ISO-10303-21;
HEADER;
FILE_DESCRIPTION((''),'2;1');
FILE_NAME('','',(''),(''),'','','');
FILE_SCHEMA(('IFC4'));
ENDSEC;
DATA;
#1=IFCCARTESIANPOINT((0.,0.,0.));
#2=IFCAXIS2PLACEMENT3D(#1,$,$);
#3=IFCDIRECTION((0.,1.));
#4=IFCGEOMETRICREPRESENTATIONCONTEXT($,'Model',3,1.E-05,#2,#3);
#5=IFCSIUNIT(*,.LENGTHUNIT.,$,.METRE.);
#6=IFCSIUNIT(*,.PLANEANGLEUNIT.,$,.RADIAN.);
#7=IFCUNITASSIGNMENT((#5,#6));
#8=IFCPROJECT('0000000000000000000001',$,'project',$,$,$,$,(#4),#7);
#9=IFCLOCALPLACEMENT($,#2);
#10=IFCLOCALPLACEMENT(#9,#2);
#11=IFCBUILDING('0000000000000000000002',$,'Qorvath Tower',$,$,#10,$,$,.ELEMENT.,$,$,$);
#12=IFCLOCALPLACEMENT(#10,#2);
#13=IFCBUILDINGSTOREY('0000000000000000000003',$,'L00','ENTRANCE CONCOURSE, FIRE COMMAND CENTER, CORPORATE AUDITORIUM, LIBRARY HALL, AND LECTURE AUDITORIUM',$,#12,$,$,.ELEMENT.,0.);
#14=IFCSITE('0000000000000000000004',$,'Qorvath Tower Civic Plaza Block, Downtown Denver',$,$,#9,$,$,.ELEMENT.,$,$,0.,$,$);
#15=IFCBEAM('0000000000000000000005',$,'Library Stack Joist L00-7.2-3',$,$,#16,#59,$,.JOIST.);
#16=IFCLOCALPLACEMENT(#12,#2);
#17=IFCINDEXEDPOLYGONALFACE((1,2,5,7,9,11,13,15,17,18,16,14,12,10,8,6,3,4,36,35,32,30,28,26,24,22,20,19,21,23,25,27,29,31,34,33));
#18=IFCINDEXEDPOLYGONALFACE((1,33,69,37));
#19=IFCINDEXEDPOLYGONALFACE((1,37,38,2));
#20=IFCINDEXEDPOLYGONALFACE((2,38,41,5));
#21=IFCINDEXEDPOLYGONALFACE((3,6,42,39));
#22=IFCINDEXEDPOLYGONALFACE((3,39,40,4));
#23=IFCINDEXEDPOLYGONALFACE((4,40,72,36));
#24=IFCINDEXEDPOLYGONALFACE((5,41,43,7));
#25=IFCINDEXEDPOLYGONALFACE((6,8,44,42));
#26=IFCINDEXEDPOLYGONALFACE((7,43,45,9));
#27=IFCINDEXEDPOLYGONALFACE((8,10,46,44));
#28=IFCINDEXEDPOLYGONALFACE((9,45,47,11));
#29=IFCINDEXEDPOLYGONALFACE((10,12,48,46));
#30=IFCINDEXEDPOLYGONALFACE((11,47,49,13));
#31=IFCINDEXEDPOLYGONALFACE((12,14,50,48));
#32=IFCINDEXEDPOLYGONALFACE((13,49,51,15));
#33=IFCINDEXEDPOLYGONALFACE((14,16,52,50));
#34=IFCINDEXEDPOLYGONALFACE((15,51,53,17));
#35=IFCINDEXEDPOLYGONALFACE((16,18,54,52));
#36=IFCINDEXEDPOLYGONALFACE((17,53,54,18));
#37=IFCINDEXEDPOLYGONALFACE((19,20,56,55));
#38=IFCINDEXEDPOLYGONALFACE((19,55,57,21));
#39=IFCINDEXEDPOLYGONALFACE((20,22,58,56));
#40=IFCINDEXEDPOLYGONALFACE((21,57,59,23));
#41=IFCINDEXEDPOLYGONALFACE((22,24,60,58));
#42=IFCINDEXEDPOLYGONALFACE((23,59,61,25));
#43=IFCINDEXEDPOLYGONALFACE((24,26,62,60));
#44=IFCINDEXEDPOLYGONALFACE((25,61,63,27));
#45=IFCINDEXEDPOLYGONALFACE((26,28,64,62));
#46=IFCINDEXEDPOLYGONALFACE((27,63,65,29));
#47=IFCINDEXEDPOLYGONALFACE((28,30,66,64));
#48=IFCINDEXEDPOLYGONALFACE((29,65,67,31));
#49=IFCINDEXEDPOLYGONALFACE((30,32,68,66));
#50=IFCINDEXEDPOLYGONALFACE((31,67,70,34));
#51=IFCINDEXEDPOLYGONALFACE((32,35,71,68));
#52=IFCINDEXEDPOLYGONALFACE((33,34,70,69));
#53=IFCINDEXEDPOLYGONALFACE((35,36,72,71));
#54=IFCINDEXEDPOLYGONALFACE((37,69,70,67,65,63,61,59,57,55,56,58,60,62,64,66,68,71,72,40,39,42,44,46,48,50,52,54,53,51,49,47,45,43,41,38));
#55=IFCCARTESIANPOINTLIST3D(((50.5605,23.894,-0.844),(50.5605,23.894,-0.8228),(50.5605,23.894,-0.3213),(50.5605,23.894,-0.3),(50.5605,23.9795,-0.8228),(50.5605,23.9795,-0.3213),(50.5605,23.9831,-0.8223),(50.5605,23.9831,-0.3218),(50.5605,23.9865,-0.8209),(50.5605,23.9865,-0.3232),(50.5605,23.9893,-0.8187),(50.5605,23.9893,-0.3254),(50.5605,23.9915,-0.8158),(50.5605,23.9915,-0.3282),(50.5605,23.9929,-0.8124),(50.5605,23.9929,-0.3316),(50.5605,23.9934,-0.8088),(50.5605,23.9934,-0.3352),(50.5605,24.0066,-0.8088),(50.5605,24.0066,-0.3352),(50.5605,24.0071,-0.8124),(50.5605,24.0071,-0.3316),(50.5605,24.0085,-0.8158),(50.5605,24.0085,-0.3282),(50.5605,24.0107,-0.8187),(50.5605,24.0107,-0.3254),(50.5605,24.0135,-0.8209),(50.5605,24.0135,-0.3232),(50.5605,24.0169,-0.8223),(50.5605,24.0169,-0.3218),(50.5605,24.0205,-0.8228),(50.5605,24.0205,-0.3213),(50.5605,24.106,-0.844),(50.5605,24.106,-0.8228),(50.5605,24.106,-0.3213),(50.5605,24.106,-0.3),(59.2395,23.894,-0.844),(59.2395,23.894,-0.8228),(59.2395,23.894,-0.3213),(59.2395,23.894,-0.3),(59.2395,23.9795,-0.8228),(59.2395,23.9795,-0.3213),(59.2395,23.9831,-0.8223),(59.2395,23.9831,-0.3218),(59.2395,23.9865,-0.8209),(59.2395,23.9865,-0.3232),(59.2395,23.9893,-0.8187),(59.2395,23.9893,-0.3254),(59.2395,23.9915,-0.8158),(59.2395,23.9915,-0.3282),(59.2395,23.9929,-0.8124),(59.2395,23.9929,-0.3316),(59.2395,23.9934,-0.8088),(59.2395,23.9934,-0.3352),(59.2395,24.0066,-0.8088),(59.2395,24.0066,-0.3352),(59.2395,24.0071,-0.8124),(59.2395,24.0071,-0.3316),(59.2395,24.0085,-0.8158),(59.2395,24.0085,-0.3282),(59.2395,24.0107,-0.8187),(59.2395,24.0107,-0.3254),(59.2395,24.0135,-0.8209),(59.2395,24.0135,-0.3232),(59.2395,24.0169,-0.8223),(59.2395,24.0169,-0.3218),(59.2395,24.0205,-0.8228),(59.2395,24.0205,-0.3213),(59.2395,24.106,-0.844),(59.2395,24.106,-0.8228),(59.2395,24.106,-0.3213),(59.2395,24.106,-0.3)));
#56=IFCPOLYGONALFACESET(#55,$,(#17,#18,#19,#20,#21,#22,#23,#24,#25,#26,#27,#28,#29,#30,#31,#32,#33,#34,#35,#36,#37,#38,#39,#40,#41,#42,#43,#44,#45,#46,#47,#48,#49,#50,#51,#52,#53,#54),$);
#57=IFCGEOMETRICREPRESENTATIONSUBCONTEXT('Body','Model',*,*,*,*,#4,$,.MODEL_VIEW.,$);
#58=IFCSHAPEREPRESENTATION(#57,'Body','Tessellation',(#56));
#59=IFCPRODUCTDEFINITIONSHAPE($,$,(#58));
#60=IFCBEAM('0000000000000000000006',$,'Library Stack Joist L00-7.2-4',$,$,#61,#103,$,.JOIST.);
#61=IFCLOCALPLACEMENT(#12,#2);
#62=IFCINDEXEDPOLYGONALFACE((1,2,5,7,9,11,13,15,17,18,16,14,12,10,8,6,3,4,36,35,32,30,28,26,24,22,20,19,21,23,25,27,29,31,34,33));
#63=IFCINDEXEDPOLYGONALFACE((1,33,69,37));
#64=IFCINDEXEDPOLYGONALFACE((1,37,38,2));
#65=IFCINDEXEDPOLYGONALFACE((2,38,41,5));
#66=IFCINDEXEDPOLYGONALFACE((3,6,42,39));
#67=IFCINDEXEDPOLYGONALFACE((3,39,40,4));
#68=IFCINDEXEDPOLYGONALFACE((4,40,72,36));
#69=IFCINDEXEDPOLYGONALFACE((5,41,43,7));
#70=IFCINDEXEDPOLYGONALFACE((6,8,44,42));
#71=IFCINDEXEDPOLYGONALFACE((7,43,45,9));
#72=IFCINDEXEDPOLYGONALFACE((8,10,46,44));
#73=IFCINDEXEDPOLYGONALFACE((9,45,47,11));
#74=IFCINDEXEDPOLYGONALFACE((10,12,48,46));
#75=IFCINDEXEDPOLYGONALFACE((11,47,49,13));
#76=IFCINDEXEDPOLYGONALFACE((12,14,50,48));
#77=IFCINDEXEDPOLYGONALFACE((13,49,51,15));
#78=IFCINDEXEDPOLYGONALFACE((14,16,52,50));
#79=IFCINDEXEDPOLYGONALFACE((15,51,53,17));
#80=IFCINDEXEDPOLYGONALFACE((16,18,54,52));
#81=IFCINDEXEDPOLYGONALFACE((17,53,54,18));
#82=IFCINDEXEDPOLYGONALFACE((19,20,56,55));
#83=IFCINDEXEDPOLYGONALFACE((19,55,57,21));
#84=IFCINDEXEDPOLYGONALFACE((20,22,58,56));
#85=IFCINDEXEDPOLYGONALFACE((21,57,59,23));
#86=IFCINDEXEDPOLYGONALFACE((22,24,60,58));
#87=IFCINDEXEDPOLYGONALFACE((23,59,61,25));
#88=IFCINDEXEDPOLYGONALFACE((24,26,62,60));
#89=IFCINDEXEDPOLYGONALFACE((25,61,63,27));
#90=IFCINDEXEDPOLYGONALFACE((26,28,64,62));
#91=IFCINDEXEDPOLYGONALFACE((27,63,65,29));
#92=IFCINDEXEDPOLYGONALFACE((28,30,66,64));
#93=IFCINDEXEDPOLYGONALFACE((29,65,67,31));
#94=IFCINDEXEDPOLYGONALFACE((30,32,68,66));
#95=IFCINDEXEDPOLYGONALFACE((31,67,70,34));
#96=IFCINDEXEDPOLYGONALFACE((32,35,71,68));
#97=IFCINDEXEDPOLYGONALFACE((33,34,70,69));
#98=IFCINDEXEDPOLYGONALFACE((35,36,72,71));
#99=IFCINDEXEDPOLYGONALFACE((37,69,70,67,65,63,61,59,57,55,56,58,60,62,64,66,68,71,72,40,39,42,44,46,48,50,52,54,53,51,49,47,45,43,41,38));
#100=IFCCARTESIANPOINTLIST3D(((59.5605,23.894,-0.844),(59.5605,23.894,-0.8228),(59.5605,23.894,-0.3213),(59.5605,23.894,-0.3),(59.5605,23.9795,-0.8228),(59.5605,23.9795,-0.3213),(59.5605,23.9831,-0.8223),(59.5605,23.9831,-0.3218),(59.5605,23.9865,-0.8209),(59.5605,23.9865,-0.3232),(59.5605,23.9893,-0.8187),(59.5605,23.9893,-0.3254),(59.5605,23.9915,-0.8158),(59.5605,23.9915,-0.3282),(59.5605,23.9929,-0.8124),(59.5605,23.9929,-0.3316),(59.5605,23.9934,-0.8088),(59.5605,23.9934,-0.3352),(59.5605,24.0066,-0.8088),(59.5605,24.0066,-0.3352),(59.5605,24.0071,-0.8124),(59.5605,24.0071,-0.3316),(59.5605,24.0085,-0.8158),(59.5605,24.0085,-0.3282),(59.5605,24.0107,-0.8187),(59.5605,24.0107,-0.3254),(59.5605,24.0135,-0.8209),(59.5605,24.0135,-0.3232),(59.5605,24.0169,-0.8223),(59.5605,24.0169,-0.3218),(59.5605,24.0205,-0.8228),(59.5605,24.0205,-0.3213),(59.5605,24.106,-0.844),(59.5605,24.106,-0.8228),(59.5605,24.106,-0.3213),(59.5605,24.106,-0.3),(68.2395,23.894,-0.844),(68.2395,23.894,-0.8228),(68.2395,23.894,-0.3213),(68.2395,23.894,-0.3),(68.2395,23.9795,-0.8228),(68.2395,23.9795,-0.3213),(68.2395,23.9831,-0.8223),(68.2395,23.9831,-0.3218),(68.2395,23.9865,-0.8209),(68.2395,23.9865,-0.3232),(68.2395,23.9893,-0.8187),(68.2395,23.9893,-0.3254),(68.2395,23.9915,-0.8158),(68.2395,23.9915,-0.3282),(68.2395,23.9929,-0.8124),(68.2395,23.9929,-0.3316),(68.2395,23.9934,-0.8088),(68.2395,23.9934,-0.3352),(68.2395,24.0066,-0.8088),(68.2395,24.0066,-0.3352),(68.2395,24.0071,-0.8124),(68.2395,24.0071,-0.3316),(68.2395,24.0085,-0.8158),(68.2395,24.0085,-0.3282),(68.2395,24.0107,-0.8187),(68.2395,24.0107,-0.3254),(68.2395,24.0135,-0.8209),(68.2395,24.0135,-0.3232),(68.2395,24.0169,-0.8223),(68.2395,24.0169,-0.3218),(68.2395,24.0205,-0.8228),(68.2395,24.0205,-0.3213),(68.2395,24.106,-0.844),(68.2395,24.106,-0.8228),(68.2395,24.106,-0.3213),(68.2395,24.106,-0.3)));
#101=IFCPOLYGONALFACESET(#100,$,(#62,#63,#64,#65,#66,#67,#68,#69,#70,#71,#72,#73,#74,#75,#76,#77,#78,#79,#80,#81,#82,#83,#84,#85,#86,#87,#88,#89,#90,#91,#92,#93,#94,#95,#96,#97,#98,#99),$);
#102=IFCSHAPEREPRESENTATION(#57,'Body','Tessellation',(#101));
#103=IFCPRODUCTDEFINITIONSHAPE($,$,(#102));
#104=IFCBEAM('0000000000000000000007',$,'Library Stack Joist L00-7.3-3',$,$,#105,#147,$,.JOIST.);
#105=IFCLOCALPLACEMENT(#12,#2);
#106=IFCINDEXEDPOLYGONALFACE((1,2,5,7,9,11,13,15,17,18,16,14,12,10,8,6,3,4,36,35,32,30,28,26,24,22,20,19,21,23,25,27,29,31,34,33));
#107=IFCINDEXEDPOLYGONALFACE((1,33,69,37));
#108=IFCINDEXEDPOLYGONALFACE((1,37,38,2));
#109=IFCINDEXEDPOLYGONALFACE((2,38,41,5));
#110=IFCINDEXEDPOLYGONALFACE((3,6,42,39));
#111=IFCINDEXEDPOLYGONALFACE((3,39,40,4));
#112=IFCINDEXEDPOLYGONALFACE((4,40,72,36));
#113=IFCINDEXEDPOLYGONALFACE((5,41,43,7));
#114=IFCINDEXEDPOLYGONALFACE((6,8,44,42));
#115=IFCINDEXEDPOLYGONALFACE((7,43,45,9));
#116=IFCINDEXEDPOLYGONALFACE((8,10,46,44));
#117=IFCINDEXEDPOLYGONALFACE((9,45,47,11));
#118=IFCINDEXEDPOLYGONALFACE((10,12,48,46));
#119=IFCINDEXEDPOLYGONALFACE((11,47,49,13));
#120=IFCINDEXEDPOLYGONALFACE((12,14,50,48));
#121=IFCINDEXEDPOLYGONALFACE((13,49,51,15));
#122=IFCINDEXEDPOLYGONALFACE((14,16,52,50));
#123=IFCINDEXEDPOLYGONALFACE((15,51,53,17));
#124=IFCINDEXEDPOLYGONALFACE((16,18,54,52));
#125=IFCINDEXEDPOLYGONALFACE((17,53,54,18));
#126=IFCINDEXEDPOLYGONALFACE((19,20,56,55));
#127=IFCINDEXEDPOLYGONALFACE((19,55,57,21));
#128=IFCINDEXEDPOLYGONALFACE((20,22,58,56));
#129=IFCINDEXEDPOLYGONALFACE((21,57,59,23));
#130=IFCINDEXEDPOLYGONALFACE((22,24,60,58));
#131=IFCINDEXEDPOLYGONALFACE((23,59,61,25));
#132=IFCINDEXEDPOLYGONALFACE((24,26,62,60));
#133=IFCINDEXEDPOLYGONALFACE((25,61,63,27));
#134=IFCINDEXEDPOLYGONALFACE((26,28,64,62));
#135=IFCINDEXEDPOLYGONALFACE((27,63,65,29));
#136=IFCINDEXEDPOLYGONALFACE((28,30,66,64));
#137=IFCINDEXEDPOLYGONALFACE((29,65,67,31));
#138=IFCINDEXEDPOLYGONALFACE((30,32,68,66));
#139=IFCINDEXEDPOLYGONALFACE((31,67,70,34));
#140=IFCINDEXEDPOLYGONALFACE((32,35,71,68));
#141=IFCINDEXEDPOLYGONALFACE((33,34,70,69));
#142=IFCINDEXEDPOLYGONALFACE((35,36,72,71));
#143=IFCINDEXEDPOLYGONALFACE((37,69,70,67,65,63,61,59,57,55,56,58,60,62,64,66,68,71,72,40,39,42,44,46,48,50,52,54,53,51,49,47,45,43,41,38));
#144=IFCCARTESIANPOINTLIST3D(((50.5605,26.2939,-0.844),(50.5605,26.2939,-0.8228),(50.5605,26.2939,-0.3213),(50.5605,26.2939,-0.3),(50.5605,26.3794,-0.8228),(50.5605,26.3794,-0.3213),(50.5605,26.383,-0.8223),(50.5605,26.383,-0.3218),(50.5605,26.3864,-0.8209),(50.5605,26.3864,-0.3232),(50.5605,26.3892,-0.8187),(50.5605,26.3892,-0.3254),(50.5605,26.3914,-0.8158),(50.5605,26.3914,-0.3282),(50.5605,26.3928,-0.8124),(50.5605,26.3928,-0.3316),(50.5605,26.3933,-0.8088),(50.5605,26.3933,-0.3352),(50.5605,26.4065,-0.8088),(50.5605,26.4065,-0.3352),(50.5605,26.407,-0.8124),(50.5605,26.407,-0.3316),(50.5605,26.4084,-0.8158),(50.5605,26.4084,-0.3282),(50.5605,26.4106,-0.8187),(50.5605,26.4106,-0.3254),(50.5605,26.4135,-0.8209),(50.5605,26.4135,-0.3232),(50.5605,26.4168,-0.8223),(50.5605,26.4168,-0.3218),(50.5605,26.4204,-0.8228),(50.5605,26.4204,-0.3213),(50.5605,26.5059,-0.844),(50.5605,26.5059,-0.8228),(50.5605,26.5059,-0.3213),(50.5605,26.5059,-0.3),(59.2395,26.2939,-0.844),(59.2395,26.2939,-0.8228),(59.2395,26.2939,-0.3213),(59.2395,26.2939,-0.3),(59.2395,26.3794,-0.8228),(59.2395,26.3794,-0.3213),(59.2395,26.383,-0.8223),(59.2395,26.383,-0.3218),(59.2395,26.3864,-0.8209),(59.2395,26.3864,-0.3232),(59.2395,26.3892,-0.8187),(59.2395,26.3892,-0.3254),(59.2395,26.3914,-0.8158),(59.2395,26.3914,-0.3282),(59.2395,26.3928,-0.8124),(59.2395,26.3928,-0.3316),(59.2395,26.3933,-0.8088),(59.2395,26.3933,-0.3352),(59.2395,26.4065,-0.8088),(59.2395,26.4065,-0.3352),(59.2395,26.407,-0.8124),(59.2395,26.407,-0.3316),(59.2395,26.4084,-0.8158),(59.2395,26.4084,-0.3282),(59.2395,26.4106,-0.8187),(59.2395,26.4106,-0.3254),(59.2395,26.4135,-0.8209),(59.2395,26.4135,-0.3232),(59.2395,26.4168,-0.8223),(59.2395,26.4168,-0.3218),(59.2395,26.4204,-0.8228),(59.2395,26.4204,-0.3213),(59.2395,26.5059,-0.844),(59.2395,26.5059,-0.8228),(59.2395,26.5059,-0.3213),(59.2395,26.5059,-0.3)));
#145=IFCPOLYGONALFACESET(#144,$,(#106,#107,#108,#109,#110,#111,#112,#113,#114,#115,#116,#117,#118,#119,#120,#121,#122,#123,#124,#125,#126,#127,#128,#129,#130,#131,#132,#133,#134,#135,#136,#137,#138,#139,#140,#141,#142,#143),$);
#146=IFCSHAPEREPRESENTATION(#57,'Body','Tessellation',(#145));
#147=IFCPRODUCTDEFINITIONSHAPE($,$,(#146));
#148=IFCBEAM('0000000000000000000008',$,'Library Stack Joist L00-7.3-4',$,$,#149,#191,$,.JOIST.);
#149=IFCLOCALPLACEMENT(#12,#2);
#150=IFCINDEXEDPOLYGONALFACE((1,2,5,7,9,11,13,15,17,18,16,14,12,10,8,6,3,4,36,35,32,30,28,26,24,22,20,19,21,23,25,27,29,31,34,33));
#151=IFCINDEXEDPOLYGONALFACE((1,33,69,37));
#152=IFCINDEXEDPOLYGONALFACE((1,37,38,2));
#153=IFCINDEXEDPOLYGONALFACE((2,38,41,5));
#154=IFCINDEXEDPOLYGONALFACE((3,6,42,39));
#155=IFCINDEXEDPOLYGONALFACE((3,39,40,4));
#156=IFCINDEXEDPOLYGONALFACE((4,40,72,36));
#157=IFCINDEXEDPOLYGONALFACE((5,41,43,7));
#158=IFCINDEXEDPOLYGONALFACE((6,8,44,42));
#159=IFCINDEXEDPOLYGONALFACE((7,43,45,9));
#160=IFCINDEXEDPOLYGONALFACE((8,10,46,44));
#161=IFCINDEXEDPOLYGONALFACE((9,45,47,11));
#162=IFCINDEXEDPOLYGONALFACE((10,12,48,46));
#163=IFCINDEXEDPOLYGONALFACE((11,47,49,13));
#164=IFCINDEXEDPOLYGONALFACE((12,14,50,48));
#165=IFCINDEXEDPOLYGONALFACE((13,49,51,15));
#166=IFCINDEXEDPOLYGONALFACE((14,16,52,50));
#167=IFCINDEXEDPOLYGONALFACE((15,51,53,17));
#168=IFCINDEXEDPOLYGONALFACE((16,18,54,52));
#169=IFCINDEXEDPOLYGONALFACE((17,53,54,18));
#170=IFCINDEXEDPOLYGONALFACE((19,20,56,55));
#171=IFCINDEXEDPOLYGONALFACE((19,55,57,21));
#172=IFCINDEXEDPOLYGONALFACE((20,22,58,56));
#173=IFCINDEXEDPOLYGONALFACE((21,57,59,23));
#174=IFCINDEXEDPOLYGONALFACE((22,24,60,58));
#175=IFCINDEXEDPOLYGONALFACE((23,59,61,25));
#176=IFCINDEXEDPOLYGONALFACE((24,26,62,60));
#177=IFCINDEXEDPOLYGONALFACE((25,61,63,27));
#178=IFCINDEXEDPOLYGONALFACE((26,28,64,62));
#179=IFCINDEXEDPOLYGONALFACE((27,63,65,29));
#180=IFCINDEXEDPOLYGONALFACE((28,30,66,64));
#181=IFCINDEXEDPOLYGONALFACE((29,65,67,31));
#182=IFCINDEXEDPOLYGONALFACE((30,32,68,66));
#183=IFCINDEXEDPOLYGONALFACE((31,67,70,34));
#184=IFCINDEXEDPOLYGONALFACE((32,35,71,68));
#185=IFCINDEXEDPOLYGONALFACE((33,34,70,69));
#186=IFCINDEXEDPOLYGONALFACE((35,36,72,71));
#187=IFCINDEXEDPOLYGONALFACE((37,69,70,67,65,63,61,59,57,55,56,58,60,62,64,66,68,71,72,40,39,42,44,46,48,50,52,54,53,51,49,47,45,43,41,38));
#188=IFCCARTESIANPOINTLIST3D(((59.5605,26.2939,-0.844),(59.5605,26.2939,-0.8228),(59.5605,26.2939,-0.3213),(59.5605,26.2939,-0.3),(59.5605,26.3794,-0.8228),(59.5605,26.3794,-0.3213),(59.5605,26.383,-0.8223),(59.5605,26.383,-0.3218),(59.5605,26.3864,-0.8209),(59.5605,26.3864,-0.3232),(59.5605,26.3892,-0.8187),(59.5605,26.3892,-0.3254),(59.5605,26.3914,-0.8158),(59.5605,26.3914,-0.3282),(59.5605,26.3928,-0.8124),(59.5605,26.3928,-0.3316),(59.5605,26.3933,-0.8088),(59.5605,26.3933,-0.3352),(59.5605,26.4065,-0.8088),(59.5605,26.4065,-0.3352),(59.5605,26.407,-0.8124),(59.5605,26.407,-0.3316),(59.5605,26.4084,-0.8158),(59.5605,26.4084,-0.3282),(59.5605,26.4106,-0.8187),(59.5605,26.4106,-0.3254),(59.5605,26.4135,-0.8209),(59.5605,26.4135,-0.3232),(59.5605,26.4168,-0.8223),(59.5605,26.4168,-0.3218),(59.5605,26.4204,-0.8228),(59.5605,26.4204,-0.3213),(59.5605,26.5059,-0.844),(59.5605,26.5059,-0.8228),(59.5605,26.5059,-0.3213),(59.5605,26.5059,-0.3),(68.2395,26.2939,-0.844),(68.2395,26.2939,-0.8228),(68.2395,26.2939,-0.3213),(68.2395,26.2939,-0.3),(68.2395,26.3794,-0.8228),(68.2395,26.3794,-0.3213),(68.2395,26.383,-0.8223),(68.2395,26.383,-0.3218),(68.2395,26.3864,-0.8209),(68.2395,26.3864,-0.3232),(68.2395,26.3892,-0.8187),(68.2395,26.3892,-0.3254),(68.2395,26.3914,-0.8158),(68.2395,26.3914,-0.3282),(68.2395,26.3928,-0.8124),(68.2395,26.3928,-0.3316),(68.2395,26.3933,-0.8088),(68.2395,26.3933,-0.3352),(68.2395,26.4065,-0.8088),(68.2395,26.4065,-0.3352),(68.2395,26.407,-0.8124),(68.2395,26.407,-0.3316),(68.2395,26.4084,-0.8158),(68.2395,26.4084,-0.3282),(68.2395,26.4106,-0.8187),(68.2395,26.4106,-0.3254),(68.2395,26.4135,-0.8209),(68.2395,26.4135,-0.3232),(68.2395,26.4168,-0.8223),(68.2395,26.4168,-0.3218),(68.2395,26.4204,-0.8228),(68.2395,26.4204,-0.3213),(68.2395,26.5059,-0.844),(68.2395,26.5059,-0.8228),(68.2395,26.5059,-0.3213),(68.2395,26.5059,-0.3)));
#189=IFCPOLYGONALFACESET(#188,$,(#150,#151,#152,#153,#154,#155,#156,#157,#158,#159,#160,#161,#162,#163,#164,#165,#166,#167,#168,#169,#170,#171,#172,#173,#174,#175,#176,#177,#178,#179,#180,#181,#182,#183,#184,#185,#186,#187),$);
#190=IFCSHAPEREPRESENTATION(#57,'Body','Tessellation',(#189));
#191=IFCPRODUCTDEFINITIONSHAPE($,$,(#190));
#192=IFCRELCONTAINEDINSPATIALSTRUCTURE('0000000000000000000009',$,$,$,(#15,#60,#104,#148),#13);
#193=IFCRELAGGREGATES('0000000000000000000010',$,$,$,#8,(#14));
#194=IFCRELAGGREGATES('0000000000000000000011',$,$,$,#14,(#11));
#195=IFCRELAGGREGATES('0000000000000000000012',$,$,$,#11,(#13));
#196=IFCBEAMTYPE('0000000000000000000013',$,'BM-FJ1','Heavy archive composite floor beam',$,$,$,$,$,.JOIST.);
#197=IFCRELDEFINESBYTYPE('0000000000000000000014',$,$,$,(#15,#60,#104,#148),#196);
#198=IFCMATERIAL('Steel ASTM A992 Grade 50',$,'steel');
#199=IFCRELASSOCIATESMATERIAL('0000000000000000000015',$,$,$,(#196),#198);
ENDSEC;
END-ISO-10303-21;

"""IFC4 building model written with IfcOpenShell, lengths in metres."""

from ifc_helpers import new_model, si_unit, direction, frame, origin, origin_2d, place, context, subcontext, project, spatial, i_section, extrude, material, material_profile, profile_set, type_object, element, save


model = new_model("IFC4")

# Units and contexts
model_context = context("Model", 3, precision=1e-05, world=origin(), true_north=direction((0.0, 1.0)))
body_context = subcontext(model_context, "Body", "Model", "MODEL_VIEW")
ifc_project = project(units=[si_unit("LENGTHUNIT", "METRE"), si_unit("PLANEANGLEUNIT", "RADIAN")], contexts=[model_context])

# Site, building, storey
site_placement = place(None, origin())
site = spatial("IfcSite", under=ifc_project, at=site_placement, Name="Qorvath Tower Civic Plaza Block, Downtown Denver", CompositionType="ELEMENT", RefElevation=0.0)
building_placement = place(site_placement, origin())
building = spatial("IfcBuilding", under=site, at=building_placement, Name="Qorvath Tower", CompositionType="ELEMENT")
storey_placement = place(building_placement, origin())
storey = spatial("IfcBuildingStorey", under=building, at=storey_placement, Name="L00", Description="ENTRANCE CONCOURSE, FIRE COMMAND CENTER, CORPORATE AUDITORIUM, LIBRARY HALL, AND LECTURE AUDITORIUM", CompositionType="ELEMENT", Elevation=0.0)

# Beams
ifc_material_1 = material(Name="Steel ASTM A992 Grade 50", Category="steel")
ifc_material_profile_1 = material_profile(ifc_material_1, i_section(OverallWidth=0.2119, OverallDepth=0.5439, WebThickness=0.0132, FlangeThickness=0.0212, FilletRadius=0.0139, at=origin_2d()), Name="W21x83")
ifc_profile_set_1 = profile_set([ifc_material_profile_1], Name="Steel ASTM A992 Grade 50")
beam_type_1 = type_object("IfcBeamType", Name="BM-FJ1", Description="Heavy archive composite floor beam", PredefinedType="JOIST", material=ifc_profile_set_1)
for number, where, z_axis, x_axis, name in (
    (1, (50.5605, 24.0, -0.572), (1.0, 0.0, 0.0), (0.0, 1.0, 0.0), "Library Stack Joist L00-7.2-3"),
    (2, (59.5605, 24.0, -0.572), (1.0, 0.0, 0.0), (0.0, 1.0, 0.0), "Library Stack Joist L00-7.2-4"),
    (3, (50.5605, 26.3999, -0.572), (1.0, 0.0, 0.0), (0.0, 1.0, 0.0), "Library Stack Joist L00-7.3-3"),
    (4, (59.5605, 26.3999, -0.572), (1.0, 0.0, 0.0), (0.0, 1.0, 0.0), "Library Stack Joist L00-7.3-4"),
):
    element("IfcBeam", number, at=place(storey_placement, frame(where, z_axis=z_axis, x_axis=x_axis)), inside=storey, type_object=beam_type_1, Name=name, PredefinedType="JOIST", context=body_context, shape_type="SweptSolid", body=[
        extrude(i_section(OverallWidth=0.2119, OverallDepth=0.5439, WebThickness=0.0132, FlangeThickness=0.0212, FilletRadius=0.0139, at=origin_2d()), origin(), (0.0, 0.0, 1.0), 8.679),
    ])

save(model, "model.ifc")
